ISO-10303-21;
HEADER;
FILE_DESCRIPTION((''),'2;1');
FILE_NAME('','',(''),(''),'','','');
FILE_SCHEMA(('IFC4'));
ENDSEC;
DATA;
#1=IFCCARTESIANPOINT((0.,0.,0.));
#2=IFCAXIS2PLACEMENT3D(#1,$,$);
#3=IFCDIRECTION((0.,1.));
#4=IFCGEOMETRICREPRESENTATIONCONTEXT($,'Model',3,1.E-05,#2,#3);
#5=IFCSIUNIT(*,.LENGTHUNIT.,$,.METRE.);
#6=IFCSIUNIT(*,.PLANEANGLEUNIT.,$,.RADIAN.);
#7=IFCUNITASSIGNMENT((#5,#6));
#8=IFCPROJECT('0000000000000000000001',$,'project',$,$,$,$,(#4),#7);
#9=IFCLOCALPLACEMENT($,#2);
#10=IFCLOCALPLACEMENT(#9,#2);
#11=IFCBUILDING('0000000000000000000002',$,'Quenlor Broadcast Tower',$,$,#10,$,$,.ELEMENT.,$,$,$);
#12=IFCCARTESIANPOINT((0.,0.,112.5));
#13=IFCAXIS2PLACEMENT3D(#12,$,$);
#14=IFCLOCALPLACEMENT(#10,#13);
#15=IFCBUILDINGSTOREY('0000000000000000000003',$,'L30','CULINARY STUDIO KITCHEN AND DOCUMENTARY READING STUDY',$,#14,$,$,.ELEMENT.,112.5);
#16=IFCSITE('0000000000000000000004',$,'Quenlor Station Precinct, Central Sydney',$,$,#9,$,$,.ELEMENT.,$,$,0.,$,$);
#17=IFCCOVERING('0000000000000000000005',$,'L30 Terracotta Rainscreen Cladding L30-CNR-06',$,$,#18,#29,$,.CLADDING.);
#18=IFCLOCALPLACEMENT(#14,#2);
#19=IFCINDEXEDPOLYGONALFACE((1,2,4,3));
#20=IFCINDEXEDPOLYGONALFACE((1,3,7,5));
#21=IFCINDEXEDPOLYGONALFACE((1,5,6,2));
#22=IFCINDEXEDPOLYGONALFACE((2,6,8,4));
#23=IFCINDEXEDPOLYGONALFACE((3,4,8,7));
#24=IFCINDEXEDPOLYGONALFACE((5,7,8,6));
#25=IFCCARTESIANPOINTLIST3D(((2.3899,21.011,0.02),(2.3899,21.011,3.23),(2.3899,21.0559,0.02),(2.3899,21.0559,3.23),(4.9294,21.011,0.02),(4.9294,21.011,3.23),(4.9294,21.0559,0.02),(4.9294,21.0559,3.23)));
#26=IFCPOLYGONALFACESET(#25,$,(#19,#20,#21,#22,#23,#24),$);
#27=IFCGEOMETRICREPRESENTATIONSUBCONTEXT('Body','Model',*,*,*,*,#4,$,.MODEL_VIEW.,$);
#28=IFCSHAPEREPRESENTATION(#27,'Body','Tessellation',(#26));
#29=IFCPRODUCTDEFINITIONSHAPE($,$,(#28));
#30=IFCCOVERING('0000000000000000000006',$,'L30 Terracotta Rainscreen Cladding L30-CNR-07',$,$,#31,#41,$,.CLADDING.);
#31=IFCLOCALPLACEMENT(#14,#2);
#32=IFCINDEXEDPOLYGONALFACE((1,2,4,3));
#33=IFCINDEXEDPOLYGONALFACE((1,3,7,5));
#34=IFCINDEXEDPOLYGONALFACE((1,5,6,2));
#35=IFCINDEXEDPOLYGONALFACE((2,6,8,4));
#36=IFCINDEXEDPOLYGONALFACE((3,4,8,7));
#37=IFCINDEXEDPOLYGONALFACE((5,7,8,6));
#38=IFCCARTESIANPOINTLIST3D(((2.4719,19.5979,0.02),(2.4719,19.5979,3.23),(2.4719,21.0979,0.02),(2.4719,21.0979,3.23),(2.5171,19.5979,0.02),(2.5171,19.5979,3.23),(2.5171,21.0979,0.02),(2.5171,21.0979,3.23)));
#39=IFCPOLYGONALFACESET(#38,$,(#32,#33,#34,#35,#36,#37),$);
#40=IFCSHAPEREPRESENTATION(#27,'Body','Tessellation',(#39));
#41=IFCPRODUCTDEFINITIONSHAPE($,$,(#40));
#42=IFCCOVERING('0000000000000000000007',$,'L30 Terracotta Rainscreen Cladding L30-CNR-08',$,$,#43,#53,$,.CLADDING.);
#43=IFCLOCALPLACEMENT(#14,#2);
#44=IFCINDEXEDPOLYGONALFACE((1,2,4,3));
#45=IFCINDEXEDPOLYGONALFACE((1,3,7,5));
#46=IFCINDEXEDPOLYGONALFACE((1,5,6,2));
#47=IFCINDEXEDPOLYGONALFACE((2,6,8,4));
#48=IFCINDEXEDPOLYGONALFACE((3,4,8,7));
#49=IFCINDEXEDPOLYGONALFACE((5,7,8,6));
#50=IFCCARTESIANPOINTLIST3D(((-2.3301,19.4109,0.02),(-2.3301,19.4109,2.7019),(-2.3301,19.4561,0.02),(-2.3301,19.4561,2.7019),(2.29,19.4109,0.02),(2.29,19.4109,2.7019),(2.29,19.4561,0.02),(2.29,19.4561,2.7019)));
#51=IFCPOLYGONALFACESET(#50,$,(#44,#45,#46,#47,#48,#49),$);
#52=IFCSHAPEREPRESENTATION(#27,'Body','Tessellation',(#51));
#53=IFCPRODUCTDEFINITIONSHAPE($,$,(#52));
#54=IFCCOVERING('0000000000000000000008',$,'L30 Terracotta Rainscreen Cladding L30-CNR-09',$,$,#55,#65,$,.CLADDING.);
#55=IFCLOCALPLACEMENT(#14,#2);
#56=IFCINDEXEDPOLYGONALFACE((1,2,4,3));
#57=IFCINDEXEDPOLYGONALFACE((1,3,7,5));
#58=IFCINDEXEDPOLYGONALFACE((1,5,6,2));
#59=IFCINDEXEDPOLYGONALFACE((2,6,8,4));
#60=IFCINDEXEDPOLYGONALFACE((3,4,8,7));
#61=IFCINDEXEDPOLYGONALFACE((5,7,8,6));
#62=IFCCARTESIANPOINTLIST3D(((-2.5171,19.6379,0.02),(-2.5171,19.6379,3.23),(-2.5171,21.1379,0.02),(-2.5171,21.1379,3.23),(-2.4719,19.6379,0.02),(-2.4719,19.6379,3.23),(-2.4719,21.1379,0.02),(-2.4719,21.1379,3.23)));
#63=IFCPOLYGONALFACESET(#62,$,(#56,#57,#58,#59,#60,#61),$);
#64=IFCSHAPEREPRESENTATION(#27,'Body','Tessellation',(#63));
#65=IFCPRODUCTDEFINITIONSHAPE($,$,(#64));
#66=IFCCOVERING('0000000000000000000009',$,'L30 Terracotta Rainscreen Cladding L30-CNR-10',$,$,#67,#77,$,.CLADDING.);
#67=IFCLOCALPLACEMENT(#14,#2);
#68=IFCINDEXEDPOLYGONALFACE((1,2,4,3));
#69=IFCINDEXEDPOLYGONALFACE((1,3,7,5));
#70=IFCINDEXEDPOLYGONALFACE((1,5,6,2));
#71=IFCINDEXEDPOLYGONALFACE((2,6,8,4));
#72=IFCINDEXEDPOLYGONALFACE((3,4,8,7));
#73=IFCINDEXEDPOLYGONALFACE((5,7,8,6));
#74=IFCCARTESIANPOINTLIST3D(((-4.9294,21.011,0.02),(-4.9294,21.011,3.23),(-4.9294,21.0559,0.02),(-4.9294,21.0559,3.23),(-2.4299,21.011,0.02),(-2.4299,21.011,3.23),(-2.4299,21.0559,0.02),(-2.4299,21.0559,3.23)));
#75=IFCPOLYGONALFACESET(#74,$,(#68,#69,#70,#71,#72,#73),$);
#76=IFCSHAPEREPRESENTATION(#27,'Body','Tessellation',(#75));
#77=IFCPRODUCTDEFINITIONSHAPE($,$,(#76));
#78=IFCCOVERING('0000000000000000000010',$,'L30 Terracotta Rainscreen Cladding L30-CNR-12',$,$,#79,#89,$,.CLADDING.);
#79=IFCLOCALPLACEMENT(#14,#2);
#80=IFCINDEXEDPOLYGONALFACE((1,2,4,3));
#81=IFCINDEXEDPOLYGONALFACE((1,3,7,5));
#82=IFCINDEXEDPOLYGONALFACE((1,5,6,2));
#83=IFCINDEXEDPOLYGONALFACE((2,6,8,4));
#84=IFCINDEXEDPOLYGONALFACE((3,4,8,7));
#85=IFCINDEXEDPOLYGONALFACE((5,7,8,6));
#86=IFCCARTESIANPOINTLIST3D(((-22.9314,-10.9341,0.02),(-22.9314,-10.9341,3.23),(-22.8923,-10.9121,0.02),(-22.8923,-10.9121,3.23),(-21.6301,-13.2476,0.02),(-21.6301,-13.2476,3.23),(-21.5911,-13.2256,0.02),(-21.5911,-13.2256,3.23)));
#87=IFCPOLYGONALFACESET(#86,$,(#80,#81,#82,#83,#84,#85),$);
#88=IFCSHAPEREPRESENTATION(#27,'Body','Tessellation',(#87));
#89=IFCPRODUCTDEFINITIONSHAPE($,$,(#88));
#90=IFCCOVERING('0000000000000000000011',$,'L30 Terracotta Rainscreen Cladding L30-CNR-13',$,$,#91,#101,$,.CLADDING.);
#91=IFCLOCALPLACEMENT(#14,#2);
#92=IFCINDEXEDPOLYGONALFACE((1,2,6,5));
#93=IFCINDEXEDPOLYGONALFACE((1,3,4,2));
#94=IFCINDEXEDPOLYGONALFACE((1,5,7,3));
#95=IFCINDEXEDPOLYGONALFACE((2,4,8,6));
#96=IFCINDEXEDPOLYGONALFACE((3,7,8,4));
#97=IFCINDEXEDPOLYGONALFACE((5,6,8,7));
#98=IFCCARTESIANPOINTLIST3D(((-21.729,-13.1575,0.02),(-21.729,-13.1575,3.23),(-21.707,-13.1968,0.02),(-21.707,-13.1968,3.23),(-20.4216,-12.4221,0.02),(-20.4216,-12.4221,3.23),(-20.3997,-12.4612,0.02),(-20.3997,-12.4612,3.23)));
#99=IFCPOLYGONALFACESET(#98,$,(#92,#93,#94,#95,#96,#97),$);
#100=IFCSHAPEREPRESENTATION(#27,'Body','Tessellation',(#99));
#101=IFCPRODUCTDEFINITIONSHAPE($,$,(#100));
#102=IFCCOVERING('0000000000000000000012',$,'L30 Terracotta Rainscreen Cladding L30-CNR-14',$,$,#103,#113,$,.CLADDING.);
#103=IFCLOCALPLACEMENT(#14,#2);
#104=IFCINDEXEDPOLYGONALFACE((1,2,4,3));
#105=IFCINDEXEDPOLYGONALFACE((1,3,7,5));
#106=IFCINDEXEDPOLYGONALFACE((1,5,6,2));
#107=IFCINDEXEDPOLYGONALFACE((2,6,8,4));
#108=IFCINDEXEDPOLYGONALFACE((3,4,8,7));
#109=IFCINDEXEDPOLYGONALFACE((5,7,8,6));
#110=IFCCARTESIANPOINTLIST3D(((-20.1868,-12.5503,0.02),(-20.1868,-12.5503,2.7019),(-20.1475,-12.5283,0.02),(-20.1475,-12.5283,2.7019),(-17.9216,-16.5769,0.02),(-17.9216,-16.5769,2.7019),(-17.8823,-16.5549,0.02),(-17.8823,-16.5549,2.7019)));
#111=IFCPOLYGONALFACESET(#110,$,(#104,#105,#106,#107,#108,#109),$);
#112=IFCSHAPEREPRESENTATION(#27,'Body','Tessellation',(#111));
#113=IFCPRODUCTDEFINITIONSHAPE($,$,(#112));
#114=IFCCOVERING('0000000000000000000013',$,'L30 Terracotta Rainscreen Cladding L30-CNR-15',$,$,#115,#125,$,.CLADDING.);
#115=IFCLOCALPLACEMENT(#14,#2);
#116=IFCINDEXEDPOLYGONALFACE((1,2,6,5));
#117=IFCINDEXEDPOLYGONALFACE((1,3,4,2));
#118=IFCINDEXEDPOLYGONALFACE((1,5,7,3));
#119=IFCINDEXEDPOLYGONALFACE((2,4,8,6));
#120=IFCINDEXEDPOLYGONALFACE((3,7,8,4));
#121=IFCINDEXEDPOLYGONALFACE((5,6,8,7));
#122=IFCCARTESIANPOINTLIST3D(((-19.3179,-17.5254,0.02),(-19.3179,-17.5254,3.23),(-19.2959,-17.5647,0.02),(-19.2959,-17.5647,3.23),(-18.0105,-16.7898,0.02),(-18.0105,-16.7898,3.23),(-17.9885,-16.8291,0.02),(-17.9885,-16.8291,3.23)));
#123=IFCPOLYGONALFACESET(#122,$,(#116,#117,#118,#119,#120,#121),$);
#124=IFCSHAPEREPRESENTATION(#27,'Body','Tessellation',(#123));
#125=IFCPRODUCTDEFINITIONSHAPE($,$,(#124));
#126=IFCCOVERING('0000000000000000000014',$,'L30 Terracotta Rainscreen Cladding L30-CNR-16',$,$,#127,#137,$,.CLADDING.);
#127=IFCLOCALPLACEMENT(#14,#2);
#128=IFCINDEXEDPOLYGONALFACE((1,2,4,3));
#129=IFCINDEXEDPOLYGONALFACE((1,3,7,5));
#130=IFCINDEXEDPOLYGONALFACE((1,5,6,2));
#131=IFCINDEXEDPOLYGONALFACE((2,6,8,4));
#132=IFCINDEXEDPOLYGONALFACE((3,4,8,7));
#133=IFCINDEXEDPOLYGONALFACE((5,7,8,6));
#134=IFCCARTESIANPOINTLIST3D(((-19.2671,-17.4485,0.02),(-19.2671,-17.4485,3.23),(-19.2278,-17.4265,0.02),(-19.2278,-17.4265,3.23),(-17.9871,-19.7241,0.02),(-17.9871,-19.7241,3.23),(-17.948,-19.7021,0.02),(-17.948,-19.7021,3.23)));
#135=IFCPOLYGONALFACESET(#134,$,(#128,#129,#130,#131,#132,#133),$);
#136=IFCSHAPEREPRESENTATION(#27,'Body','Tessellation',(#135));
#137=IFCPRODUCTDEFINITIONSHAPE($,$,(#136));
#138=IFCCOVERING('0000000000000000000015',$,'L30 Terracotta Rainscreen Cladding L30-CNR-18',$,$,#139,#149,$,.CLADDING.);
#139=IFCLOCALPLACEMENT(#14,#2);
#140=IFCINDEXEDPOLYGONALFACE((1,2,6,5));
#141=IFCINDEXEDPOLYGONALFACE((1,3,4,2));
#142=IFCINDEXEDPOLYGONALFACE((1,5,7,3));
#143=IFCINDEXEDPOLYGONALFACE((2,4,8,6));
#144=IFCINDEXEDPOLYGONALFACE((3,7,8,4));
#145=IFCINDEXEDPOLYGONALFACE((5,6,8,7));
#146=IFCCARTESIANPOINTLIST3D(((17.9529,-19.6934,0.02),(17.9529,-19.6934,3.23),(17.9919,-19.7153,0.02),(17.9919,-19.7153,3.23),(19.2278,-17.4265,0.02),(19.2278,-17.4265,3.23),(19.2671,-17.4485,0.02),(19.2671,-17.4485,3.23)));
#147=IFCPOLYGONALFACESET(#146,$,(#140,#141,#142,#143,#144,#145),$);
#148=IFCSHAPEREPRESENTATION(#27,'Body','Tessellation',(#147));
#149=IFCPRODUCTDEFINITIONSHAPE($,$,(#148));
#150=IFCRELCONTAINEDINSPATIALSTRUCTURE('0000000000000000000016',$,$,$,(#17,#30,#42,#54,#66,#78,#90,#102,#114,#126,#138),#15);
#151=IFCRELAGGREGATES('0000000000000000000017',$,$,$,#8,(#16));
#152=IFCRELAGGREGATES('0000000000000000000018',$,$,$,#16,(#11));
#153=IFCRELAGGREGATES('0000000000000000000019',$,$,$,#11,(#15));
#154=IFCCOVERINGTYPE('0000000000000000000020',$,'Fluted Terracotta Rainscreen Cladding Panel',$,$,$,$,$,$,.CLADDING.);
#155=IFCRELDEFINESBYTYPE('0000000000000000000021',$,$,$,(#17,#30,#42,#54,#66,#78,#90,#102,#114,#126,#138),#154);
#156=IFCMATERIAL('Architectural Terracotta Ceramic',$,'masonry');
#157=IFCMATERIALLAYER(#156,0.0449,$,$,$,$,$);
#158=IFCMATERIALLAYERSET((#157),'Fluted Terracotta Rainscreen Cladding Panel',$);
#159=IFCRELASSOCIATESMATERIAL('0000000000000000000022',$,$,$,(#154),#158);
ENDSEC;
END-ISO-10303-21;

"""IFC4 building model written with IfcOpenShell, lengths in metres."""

from ifc_helpers import new_model, si_unit, direction, frame, origin, place, context, subcontext, project, spatial, polyline, outline, extrude, material, layer, layer_set, type_object, element, save


model = new_model("IFC4")

# Units and contexts
model_context = context("Model", 3, precision=1e-05, world=origin(), true_north=direction((0.0, 1.0)))
body_context = subcontext(model_context, "Body", "Model", "MODEL_VIEW")
ifc_project = project(units=[si_unit("LENGTHUNIT", "METRE"), si_unit("PLANEANGLEUNIT", "RADIAN")], contexts=[model_context])

# Site, building, storey
site_placement = place(None, origin())
site = spatial("IfcSite", under=ifc_project, at=site_placement, Name="Quenlor Station Precinct, Central Sydney", CompositionType="ELEMENT", RefElevation=0.0)
building_placement = place(site_placement, origin())
building = spatial("IfcBuilding", under=site, at=building_placement, Name="Quenlor Broadcast Tower", CompositionType="ELEMENT")
storey_placement = place(building_placement, frame((0.0, 0.0, 112.5)))
storey = spatial("IfcBuildingStorey", under=building, at=storey_placement, Name="L30", Description="CULINARY STUDIO KITCHEN AND DOCUMENTARY READING STUDY", CompositionType="ELEMENT", Elevation=112.5)

# Coverings
ifc_material_1 = material(Name="Architectural Terracotta Ceramic", Category="masonry")
ifc_layer_1 = layer(ifc_material_1, 0.0449)
ifc_layer_set_1 = layer_set([ifc_layer_1], Name="Fluted Terracotta Rainscreen Cladding Panel")
covering_type_1 = type_object("IfcCoveringType", Name="Fluted Terracotta Rainscreen Cladding Panel", PredefinedType="CLADDING", material=ifc_layer_set_1)
covering_1_placement = place(storey_placement, frame((0.0, 0.0, 0.02)))
element("IfcCovering", 1, at=covering_1_placement, inside=storey, type_object=covering_type_1, Name="L30 Terracotta Rainscreen Cladding L30-CNR-06", PredefinedType="CLADDING", context=body_context, shape_type="SweptSolid", body=[
    extrude(outline(polyline([(4.9294, 21.0559), (2.3899, 21.0559), (2.3899, 21.011), (4.9294, 21.011), (4.9294, 21.0559)])), origin(), (0.0, 0.0, 1.0), 3.21),
])
covering_2_placement = place(storey_placement, frame((0.0, 0.0, 0.02)))
element("IfcCovering", 2, at=covering_2_placement, inside=storey, type_object=covering_type_1, Name="L30 Terracotta Rainscreen Cladding L30-CNR-07", PredefinedType="CLADDING", context=body_context, shape_type="SweptSolid", body=[
    extrude(outline(polyline([(2.4719, 21.0979), (2.4719, 19.5979), (2.5171, 19.5979), (2.5171, 21.0979), (2.4719, 21.0979)])), origin(), (0.0, 0.0, 1.0), 3.21),
])
covering_3_placement = place(storey_placement, frame((0.0, 0.0, 0.02)))
element("IfcCovering", 3, at=covering_3_placement, inside=storey, type_object=covering_type_1, Name="L30 Terracotta Rainscreen Cladding L30-CNR-08", PredefinedType="CLADDING", context=body_context, shape_type="SweptSolid", body=[
    extrude(outline(polyline([(2.29, 19.4561), (-2.3301, 19.4561), (-2.3301, 19.4109), (2.29, 19.4109), (2.29, 19.4561)])), origin(), (0.0, 0.0, 1.0), 2.6819),
])
covering_4_placement = place(storey_placement, frame((0.0, 0.0, 0.02)))
element("IfcCovering", 4, at=covering_4_placement, inside=storey, type_object=covering_type_1, Name="L30 Terracotta Rainscreen Cladding L30-CNR-09", PredefinedType="CLADDING", context=body_context, shape_type="SweptSolid", body=[
    extrude(outline(polyline([(-2.4719, 19.6379), (-2.4719, 21.1379), (-2.5171, 21.1379), (-2.5171, 19.6379), (-2.4719, 19.6379)])), origin(), (0.0, 0.0, 1.0), 3.21),
])
covering_5_placement = place(storey_placement, frame((0.0, 0.0, 0.02)))
element("IfcCovering", 5, at=covering_5_placement, inside=storey, type_object=covering_type_1, Name="L30 Terracotta Rainscreen Cladding L30-CNR-10", PredefinedType="CLADDING", context=body_context, shape_type="SweptSolid", body=[
    extrude(outline(polyline([(-2.4299, 21.0559), (-4.9294, 21.0559), (-4.9294, 21.011), (-2.4299, 21.011), (-2.4299, 21.0559)])), origin(), (0.0, 0.0, 1.0), 3.21),
])
covering_6_placement = place(storey_placement, frame((0.0, 0.0, 0.02)))
element("IfcCovering", 6, at=covering_6_placement, inside=storey, type_object=covering_type_1, Name="L30 Terracotta Rainscreen Cladding L30-CNR-12", PredefinedType="CLADDING", context=body_context, shape_type="SweptSolid", body=[
    extrude(outline(polyline([(-22.9314, -10.9341), (-21.6301, -13.2476), (-21.5911, -13.2256), (-22.8923, -10.9121), (-22.9314, -10.9341)])), origin(), (0.0, 0.0, 1.0), 3.21),
])
covering_7_placement = place(storey_placement, frame((0.0, 0.0, 0.02)))
element("IfcCovering", 7, at=covering_7_placement, inside=storey, type_object=covering_type_1, Name="L30 Terracotta Rainscreen Cladding L30-CNR-13", PredefinedType="CLADDING", context=body_context, shape_type="SweptSolid", body=[
    extrude(outline(polyline([(-21.707, -13.1968), (-20.3997, -12.4612), (-20.4216, -12.4221), (-21.729, -13.1575), (-21.707, -13.1968)])), origin(), (0.0, 0.0, 1.0), 3.21),
])
covering_8_placement = place(storey_placement, frame((0.0, 0.0, 0.02)))
element("IfcCovering", 8, at=covering_8_placement, inside=storey, type_object=covering_type_1, Name="L30 Terracotta Rainscreen Cladding L30-CNR-14", PredefinedType="CLADDING", context=body_context, shape_type="SweptSolid", body=[
    extrude(outline(polyline([(-20.1868, -12.5503), (-17.9216, -16.5769), (-17.8823, -16.5549), (-20.1475, -12.5283), (-20.1868, -12.5503)])), origin(), (0.0, 0.0, 1.0), 2.6819),
])
covering_9_placement = place(storey_placement, frame((0.0, 0.0, 0.02)))
element("IfcCovering", 9, at=covering_9_placement, inside=storey, type_object=covering_type_1, Name="L30 Terracotta Rainscreen Cladding L30-CNR-15", PredefinedType="CLADDING", context=body_context, shape_type="SweptSolid", body=[
    extrude(outline(polyline([(-18.0105, -16.7898), (-19.3179, -17.5254), (-19.2959, -17.5647), (-17.9885, -16.8291), (-18.0105, -16.7898)])), origin(), (0.0, 0.0, 1.0), 3.21),
])
covering_10_placement = place(storey_placement, frame((0.0, 0.0, 0.02)))
element("IfcCovering", 10, at=covering_10_placement, inside=storey, type_object=covering_type_1, Name="L30 Terracotta Rainscreen Cladding L30-CNR-16", PredefinedType="CLADDING", context=body_context, shape_type="SweptSolid", body=[
    extrude(outline(polyline([(-19.2671, -17.4485), (-17.9871, -19.7241), (-17.948, -19.7021), (-19.2278, -17.4265), (-19.2671, -17.4485)])), origin(), (0.0, 0.0, 1.0), 3.21),
])
covering_11_placement = place(storey_placement, frame((0.0, 0.0, 0.02)))
element("IfcCovering", 11, at=covering_11_placement, inside=storey, type_object=covering_type_1, Name="L30 Terracotta Rainscreen Cladding L30-CNR-18", PredefinedType="CLADDING", context=body_context, shape_type="SweptSolid", body=[
    extrude(outline(polyline([(17.9919, -19.7153), (19.2671, -17.4485), (19.2278, -17.4265), (17.9529, -19.6934), (17.9919, -19.7153)])), origin(), (0.0, 0.0, 1.0), 3.21),
])

save(model, "model.ifc")
